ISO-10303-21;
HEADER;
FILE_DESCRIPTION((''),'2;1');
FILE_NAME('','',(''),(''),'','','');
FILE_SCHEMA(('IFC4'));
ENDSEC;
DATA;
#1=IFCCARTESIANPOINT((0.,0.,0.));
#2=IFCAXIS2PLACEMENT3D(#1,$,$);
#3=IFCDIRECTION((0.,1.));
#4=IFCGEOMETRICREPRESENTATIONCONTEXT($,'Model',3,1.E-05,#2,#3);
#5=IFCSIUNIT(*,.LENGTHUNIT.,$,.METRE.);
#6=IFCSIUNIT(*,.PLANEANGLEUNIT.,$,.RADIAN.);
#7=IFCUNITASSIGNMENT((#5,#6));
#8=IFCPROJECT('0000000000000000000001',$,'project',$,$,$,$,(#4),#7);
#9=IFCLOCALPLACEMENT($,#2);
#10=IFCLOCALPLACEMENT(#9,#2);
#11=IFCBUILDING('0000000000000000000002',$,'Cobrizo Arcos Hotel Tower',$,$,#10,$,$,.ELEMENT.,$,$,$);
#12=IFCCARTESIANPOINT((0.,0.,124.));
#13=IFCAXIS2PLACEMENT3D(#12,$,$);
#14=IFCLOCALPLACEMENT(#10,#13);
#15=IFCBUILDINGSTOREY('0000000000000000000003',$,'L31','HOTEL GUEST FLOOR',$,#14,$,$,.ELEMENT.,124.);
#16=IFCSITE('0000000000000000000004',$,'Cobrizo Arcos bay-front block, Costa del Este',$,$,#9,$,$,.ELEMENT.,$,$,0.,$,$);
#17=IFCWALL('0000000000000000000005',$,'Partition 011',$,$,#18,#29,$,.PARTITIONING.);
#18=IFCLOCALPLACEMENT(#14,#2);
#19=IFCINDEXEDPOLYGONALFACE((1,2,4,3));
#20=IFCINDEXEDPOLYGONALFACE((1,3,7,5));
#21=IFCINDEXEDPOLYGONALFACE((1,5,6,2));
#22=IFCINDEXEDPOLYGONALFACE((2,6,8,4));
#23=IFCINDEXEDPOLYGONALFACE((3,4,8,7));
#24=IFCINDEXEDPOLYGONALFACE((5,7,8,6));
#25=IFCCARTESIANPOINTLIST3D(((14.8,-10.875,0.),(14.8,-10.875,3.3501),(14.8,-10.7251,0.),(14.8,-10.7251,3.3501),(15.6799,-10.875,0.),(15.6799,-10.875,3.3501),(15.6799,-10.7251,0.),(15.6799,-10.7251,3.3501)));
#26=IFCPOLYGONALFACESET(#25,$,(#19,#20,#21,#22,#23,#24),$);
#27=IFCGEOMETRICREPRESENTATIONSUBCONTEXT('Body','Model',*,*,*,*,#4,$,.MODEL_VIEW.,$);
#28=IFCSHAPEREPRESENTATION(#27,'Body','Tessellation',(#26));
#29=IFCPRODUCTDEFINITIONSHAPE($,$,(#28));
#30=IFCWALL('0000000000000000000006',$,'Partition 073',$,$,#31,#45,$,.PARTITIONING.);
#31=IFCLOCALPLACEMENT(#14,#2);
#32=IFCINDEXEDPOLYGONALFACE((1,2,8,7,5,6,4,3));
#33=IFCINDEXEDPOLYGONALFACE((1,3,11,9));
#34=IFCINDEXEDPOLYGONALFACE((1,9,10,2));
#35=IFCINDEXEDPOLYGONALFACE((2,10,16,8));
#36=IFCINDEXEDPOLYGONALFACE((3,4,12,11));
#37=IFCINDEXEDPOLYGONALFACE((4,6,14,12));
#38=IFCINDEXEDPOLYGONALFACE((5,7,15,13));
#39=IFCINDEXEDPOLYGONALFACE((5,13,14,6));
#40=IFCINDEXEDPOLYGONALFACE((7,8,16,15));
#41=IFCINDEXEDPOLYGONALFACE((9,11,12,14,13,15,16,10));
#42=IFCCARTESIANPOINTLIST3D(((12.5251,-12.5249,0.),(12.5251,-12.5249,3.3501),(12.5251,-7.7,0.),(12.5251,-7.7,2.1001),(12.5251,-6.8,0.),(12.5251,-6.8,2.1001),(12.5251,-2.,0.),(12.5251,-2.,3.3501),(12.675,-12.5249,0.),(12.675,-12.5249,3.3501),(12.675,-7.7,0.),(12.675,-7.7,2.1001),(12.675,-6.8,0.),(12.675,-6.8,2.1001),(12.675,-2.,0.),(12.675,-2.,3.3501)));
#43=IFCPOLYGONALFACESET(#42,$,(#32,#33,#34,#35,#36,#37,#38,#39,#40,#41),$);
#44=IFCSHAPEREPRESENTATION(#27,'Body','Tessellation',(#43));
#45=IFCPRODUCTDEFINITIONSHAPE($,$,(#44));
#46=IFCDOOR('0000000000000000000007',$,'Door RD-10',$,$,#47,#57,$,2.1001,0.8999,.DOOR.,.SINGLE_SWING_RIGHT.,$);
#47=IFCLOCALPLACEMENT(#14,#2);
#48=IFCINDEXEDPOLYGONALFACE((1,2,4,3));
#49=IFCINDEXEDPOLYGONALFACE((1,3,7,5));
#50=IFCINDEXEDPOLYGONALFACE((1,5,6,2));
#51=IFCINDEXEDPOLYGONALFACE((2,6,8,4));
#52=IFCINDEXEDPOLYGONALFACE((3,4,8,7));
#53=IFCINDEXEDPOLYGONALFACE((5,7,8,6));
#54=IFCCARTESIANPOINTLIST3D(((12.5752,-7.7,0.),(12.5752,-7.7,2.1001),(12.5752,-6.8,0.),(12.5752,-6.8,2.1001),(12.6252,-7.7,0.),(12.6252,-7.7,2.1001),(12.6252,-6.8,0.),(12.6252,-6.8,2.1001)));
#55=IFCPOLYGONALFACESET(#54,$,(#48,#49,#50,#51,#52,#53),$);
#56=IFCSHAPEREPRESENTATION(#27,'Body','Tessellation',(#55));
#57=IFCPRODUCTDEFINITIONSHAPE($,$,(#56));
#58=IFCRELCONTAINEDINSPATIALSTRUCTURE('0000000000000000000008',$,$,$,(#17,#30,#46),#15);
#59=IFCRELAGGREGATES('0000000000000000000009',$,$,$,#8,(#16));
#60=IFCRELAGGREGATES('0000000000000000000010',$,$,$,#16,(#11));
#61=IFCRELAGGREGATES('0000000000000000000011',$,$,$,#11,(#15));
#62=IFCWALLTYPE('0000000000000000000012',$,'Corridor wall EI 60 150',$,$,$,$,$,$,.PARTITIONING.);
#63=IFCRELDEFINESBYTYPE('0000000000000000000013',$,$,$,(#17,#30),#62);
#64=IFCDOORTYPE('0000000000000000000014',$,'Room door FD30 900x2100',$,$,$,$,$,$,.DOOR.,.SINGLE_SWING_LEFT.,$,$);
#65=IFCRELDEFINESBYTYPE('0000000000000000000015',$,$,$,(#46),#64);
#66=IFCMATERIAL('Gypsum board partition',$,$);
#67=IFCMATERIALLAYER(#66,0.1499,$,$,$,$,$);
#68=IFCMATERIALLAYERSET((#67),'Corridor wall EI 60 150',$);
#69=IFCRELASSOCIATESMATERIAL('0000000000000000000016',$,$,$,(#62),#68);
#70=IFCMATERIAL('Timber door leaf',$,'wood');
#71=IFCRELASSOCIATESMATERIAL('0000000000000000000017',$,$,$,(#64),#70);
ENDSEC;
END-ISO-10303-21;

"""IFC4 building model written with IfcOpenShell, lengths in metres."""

from ifc_helpers import new_model, si_unit, direction, frame, frame_2d, origin, place, context, subcontext, project, spatial, rectangle, extrude, material, layer, layer_set, type_object, element, fill, save


model = new_model("IFC4")

# Units and contexts
model_context = context("Model", 3, precision=1e-05, world=origin(), true_north=direction((0.0, 1.0)))
body_context = subcontext(model_context, "Body", "Model", "MODEL_VIEW")
ifc_project = project(units=[si_unit("LENGTHUNIT", "METRE"), si_unit("PLANEANGLEUNIT", "RADIAN")], contexts=[model_context])

# Site, building, storey
site_placement = place(None, origin())
site = spatial("IfcSite", under=ifc_project, at=site_placement, Name="Cobrizo Arcos bay-front block, Costa del Este", CompositionType="ELEMENT", RefElevation=0.0)
building_placement = place(site_placement, origin())
building = spatial("IfcBuilding", under=site, at=building_placement, Name="Cobrizo Arcos Hotel Tower", CompositionType="ELEMENT")
storey_placement = place(building_placement, frame((0.0, 0.0, 124.0)))
storey = spatial("IfcBuildingStorey", under=building, at=storey_placement, Name="L31", Description="HOTEL GUEST FLOOR", CompositionType="ELEMENT", Elevation=124.0)

# Wall
ifc_material_1 = material(Name="Gypsum board partition")
ifc_layer_1 = layer(ifc_material_1, 0.1499)
ifc_layer_set_1 = layer_set([ifc_layer_1], Name="Corridor wall EI 60 150")
wall_type_1 = type_object("IfcWallType", Name="Corridor wall EI 60 150", PredefinedType="PARTITIONING", material=ifc_layer_set_1)
wall_1_placement = place(storey_placement, frame((14.8, -10.8, 0.0), z_axis=(0.0, 0.0, 1.0), x_axis=(1.0, 0.0, 0.0)))
element("IfcWall", 1, at=wall_1_placement, inside=storey, type_object=wall_type_1, Name="Partition 011", PredefinedType="PARTITIONING", context=body_context, shape_type="SweptSolid", body=[
    extrude(rectangle(XDim=0.8799, YDim=0.1499, at=frame_2d((0.4399, 0.0))), origin(), (0.0, 0.0, 1.0), 3.3501),
])

# Wall, opening, door
wall_2_placement = place(storey_placement, frame((12.6001, -12.5249, 0.0), z_axis=(0.0, 0.0, 1.0), x_axis=(0.0, 1.0, 0.0)))
wall_2 = element("IfcWall", 2, at=wall_2_placement, inside=storey, type_object=wall_type_1, Name="Partition 073", PredefinedType="PARTITIONING", context=body_context, shape_type="SweptSolid", body=[
    extrude(rectangle(XDim=10.5249, YDim=0.1499, at=frame_2d((5.2625, 0.0))), origin(), (0.0, 0.0, 1.0), 3.3501),
])
opening_1_placement = place(wall_2_placement, frame((4.825, 0.0, 0.0)))
opening_1 = element("IfcOpeningElement", 3, at=opening_1_placement, cuts=wall_2, PredefinedType="OPENING", context=body_context, shape_type="SweptSolid", body=[
    extrude(rectangle(XDim=0.8999, YDim=2.1001, at=frame_2d((0.45, 1.05))), frame((0.0, 0.0869, 0.0), z_axis=(0.0, -1.0, 0.0), x_axis=(1.0, 0.0, 0.0)), (0.0, 0.0, 1.0), 0.1738),
])
ifc_material_2 = material(Name="Timber door leaf", Category="wood")
door_type_1 = type_object("IfcDoorType", Name="Room door FD30 900x2100", OperationType="SINGLE_SWING_LEFT", PredefinedType="DOOR", material=ifc_material_2)
door_1_placement = place(opening_1_placement, origin())
door_1 = element("IfcDoor", 4, at=door_1_placement, inside=storey, type_object=door_type_1, Name="Door RD-10", OperationType="SINGLE_SWING_RIGHT", OverallHeight=2.1001, OverallWidth=0.8999, PredefinedType="DOOR", context=body_context, shape_type="SweptSolid", body=[
    extrude(rectangle(XDim=0.8999, YDim=2.1001, at=frame_2d((0.45, 1.05))), frame((0.0, 0.0249, 0.0), z_axis=(0.0, -1.0, 0.0), x_axis=(1.0, 0.0, 0.0)), (0.0, 0.0, 1.0), 0.05),
])
fill(opening_1, door_1)

save(model, "model.ifc")
